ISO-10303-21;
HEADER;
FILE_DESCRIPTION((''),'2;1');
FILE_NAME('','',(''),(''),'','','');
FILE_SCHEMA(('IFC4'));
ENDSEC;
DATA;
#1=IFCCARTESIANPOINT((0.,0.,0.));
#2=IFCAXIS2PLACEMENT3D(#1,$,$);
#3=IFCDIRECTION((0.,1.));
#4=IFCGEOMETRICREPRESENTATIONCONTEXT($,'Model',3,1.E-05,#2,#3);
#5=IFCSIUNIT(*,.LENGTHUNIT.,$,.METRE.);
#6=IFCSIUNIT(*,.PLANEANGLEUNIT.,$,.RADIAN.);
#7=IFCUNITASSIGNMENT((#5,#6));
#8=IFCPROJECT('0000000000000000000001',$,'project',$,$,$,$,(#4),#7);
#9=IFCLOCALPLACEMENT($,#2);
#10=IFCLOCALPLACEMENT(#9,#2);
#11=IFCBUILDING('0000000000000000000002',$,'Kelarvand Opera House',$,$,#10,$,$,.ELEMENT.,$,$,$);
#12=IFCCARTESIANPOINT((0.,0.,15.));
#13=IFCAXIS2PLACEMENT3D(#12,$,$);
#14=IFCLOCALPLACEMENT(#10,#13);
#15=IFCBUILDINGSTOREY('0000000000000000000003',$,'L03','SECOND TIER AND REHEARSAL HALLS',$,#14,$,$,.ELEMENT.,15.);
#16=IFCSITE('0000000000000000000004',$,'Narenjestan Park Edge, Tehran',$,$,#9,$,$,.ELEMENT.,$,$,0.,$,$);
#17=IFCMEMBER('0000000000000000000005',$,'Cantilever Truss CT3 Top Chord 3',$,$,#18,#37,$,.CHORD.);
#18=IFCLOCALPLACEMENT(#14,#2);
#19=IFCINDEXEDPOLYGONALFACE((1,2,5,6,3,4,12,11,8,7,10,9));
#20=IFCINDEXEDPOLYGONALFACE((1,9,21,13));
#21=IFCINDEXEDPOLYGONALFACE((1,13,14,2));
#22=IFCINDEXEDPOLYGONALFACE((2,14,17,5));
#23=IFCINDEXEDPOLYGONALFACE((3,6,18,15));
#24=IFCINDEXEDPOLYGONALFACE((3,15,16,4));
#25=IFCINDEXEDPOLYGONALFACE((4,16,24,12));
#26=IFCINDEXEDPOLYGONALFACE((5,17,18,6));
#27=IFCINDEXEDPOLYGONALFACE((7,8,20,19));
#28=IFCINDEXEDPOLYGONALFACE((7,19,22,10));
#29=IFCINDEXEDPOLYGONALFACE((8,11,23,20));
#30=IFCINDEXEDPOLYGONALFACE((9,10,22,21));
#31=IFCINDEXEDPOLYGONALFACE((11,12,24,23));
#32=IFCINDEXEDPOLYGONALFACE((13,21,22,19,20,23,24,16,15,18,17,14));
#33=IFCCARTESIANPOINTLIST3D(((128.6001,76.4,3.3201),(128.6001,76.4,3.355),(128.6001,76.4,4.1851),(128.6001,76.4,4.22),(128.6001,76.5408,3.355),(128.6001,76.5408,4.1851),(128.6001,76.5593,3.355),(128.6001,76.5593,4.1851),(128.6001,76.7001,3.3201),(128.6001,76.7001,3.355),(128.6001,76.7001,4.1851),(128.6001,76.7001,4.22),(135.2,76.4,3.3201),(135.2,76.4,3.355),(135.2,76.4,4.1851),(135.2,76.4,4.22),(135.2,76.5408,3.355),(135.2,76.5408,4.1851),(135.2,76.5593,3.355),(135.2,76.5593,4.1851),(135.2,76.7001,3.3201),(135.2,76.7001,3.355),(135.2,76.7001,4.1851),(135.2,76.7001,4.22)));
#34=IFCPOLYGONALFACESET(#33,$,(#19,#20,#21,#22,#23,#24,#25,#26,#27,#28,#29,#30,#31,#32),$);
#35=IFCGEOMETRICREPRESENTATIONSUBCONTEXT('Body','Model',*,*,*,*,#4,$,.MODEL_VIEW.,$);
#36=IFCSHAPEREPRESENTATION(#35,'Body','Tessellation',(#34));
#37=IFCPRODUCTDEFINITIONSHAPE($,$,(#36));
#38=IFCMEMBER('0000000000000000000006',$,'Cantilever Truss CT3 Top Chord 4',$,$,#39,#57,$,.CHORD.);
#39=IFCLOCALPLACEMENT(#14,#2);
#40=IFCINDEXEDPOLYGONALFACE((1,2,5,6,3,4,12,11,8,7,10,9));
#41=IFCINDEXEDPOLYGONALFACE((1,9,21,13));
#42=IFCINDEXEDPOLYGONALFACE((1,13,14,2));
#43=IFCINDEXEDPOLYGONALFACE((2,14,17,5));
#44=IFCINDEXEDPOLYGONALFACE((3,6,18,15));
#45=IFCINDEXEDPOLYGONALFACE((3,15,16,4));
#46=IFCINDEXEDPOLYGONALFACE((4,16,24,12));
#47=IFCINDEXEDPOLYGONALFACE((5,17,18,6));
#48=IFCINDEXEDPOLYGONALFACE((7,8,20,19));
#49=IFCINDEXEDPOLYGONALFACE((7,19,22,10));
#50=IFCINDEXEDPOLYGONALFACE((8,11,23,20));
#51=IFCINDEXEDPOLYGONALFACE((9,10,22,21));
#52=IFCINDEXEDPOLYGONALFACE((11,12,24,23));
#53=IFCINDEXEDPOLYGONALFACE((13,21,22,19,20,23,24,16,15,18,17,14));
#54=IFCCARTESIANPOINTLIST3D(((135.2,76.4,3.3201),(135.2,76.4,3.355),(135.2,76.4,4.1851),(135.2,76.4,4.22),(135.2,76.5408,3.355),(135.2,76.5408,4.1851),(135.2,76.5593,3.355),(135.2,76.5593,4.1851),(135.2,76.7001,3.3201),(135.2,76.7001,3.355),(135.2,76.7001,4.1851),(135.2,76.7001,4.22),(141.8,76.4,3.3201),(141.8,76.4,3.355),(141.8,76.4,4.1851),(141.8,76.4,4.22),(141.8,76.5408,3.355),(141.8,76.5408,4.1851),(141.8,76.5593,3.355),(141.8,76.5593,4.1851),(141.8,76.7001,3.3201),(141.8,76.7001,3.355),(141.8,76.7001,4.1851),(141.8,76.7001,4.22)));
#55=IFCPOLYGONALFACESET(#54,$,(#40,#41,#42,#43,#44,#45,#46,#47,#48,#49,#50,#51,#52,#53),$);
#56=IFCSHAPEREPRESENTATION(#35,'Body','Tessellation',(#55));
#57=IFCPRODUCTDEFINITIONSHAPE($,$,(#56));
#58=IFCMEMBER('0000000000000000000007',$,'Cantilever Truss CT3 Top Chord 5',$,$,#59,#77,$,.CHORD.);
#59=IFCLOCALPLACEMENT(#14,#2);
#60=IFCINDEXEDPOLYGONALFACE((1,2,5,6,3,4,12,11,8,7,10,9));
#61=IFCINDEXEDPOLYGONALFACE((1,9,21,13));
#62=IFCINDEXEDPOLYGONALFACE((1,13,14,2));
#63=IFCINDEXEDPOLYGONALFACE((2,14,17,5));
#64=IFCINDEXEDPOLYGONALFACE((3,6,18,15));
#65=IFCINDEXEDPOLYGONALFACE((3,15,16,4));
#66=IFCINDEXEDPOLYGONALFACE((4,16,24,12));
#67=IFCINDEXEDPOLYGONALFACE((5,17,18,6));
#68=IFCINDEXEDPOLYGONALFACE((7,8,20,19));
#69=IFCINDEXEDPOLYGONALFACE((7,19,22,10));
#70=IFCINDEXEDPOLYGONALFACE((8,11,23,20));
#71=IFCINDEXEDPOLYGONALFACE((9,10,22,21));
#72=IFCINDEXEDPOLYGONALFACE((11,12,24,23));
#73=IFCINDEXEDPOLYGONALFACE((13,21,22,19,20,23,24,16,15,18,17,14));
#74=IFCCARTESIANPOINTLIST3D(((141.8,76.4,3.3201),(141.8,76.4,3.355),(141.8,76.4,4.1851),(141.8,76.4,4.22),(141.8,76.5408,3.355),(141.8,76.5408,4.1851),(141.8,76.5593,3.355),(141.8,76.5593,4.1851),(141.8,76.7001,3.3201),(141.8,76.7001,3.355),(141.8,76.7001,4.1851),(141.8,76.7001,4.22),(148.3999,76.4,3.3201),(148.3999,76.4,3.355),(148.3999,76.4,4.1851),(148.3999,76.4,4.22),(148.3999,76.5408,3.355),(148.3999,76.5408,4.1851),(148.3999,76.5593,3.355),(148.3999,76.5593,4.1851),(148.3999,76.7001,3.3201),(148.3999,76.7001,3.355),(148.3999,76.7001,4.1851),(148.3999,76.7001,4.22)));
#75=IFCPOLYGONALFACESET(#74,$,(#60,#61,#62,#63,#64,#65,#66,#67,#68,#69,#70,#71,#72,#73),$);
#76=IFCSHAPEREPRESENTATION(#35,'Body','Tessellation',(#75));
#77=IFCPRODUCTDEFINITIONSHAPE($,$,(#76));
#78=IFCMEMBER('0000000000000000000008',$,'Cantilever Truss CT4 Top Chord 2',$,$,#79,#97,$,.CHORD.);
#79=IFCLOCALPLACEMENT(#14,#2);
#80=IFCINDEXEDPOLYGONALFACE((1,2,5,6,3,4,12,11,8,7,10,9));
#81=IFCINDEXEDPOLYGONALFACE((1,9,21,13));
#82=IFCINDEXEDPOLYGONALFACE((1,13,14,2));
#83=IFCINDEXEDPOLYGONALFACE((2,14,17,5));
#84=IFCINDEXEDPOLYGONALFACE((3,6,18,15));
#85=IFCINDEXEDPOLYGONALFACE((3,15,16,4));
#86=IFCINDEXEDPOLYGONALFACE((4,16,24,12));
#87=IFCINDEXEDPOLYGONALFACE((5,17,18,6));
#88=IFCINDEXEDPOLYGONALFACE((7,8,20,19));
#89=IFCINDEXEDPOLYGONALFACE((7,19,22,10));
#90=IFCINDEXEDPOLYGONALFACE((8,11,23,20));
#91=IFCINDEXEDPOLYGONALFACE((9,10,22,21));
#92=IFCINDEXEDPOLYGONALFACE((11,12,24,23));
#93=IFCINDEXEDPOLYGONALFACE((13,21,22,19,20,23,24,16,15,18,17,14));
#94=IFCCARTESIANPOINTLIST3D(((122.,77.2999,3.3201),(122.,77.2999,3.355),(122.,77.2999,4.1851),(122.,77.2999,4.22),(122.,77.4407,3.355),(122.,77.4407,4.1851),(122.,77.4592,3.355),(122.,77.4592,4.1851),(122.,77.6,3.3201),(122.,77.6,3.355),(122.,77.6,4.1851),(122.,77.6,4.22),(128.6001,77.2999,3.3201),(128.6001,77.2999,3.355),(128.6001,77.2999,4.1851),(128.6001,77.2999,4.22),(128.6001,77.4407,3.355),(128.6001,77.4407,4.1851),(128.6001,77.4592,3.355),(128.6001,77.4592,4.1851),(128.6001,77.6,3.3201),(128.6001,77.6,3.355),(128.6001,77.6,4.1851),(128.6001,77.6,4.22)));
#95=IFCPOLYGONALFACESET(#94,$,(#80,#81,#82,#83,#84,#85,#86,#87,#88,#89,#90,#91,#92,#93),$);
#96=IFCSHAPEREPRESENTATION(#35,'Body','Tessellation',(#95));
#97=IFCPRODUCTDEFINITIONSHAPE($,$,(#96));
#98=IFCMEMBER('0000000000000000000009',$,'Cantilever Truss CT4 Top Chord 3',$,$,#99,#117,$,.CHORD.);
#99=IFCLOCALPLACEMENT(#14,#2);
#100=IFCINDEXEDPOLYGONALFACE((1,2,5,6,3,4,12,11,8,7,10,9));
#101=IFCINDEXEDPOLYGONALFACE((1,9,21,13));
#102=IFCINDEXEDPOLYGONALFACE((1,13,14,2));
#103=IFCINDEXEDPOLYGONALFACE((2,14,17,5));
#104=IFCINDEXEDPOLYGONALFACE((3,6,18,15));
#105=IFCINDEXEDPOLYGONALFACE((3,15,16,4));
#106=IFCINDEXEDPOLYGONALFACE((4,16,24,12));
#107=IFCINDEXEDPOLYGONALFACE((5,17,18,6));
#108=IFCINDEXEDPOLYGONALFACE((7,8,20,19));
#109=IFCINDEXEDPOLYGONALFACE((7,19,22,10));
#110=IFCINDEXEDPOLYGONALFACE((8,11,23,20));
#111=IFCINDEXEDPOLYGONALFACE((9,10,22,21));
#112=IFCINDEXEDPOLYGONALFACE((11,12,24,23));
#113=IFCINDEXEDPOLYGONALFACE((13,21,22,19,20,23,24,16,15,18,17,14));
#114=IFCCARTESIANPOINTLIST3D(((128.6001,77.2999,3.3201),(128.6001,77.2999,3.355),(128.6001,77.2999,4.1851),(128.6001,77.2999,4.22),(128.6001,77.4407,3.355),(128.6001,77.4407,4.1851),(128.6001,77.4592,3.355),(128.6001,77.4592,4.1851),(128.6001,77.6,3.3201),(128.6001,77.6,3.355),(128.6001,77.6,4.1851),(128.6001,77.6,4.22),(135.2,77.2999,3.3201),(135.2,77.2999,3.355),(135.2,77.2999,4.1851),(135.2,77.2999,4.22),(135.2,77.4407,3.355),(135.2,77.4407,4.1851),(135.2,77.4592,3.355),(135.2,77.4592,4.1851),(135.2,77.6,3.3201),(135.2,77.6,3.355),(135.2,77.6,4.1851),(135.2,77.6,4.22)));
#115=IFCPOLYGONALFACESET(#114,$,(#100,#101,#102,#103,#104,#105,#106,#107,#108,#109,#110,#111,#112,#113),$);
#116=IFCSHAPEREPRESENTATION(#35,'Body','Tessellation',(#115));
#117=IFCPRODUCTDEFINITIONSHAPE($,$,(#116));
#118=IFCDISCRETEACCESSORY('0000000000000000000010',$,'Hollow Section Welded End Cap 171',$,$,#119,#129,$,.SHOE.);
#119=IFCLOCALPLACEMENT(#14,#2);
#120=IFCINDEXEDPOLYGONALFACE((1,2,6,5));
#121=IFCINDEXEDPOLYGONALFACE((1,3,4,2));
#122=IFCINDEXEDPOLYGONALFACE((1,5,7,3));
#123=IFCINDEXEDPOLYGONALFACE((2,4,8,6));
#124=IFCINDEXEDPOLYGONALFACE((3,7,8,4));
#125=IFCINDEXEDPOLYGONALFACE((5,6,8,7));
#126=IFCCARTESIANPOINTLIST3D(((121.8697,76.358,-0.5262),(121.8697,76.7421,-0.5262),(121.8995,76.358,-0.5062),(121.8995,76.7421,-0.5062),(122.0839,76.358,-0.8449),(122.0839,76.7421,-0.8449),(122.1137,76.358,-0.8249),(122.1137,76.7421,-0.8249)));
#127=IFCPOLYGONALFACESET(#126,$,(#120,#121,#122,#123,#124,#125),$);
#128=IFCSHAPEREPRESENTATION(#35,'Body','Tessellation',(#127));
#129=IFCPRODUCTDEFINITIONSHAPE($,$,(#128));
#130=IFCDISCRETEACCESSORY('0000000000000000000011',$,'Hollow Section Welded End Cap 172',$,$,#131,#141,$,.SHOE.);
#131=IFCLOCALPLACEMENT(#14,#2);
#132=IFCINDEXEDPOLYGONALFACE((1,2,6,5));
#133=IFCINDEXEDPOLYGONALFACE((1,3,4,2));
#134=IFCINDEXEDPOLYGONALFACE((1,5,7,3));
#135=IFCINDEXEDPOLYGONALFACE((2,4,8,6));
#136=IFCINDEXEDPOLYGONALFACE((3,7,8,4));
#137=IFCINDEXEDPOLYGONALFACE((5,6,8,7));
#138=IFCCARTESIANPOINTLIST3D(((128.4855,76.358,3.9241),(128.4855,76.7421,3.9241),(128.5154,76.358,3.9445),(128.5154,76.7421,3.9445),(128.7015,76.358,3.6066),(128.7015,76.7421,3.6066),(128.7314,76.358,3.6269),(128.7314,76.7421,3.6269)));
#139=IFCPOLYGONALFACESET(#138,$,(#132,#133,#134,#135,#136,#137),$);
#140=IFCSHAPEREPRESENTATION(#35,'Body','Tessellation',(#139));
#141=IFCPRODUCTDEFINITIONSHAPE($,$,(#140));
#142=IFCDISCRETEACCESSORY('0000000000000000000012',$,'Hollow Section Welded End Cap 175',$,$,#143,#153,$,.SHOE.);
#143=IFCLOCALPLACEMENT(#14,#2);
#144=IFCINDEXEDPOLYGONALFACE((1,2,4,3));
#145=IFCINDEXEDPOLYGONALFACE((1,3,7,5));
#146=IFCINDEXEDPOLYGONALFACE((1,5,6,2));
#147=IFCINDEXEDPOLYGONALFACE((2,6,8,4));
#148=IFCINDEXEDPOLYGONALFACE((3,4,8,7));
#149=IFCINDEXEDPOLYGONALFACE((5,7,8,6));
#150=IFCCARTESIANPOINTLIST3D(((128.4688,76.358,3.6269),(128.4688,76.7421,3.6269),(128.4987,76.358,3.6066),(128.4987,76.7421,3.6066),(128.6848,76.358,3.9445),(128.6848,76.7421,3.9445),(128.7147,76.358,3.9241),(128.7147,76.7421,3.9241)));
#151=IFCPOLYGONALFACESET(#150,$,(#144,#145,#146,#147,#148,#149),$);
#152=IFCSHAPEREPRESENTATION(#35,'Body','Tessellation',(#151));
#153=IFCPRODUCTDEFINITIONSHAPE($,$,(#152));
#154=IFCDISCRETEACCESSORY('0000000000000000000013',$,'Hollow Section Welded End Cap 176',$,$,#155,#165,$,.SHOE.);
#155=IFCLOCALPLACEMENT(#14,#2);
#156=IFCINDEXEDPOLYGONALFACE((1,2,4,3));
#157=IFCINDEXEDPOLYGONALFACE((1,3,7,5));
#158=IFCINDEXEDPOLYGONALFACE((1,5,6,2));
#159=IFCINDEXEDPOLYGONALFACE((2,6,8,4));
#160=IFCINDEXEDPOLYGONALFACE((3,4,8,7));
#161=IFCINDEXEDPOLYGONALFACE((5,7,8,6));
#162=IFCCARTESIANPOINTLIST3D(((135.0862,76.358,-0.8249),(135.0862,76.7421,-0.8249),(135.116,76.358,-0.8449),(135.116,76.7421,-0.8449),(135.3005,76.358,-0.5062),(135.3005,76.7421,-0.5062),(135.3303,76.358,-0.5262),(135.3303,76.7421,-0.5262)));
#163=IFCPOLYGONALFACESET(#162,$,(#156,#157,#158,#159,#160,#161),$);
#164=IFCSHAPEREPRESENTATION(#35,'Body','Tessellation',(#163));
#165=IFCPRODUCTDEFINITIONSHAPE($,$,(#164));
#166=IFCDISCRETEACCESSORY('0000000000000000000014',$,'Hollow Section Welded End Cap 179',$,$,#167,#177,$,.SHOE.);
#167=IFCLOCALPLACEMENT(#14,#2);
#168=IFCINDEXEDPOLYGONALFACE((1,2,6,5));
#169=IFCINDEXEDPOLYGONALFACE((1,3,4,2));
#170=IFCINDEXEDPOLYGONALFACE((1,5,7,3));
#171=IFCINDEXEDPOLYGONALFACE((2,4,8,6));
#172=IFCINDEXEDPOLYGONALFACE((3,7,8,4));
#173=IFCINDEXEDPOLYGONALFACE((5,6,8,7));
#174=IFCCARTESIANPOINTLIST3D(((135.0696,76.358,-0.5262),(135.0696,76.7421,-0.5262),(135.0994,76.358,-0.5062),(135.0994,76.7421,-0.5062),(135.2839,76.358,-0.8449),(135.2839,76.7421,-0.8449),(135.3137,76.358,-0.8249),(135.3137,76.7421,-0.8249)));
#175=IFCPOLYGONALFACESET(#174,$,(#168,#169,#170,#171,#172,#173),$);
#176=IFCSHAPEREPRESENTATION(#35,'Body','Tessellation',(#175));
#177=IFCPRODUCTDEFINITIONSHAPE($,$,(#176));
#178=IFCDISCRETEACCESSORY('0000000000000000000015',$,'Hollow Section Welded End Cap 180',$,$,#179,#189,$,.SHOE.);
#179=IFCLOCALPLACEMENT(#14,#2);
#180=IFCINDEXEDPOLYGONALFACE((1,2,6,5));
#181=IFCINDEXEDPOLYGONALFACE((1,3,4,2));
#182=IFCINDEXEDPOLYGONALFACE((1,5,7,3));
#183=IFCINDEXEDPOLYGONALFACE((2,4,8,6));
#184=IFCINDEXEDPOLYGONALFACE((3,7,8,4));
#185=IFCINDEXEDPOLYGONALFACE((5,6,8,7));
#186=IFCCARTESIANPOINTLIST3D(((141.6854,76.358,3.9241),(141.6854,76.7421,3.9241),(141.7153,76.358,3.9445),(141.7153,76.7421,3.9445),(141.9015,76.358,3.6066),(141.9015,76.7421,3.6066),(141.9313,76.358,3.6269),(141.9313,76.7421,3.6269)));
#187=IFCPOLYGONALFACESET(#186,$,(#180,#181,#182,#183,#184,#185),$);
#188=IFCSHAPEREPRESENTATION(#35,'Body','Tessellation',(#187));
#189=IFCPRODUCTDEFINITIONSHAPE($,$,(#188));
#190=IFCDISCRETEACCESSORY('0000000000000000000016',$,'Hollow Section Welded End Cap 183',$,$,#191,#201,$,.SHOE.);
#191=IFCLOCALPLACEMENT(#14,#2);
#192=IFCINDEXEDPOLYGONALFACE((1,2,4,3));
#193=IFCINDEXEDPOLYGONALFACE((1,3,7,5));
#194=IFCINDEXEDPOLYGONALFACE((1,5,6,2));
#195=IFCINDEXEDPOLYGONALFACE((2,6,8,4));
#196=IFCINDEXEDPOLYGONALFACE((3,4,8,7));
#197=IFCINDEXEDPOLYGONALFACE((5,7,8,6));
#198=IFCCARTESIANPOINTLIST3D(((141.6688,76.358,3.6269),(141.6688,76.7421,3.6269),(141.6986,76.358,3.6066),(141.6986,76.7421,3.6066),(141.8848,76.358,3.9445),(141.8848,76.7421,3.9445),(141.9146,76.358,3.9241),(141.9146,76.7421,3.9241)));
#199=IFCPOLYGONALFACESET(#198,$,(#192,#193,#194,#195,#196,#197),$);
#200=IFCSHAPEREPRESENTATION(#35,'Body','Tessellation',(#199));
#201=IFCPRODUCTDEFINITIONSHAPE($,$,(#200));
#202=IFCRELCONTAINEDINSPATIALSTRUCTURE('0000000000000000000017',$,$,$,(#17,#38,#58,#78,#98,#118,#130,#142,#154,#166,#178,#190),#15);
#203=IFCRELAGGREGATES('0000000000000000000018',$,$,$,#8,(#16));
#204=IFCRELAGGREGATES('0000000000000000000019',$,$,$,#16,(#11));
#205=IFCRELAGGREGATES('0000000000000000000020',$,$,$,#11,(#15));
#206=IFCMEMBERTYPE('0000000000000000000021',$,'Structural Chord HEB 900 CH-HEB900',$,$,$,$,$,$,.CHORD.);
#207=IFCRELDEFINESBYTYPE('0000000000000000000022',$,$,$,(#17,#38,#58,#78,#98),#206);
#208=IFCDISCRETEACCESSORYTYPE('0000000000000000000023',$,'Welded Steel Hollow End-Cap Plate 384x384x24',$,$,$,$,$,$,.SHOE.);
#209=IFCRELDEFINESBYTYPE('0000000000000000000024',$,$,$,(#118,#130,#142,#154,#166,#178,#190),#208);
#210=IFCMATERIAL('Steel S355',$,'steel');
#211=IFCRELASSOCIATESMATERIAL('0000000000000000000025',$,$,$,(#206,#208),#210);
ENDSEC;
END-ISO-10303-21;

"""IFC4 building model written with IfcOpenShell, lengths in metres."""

from ifc_helpers import new_model, si_unit, direction, frame, origin, origin_2d, place, context, subcontext, project, spatial, rectangle, i_section, extrude, material, material_profile, profile_set, type_object, element, save


model = new_model("IFC4")

# Units and contexts
model_context = context("Model", 3, precision=1e-05, world=origin(), true_north=direction((0.0, 1.0)))
body_context = subcontext(model_context, "Body", "Model", "MODEL_VIEW")
ifc_project = project(units=[si_unit("LENGTHUNIT", "METRE"), si_unit("PLANEANGLEUNIT", "RADIAN")], contexts=[model_context])

# Site, building, storey
site_placement = place(None, origin())
site = spatial("IfcSite", under=ifc_project, at=site_placement, Name="Narenjestan Park Edge, Tehran", CompositionType="ELEMENT", RefElevation=0.0)
building_placement = place(site_placement, origin())
building = spatial("IfcBuilding", under=site, at=building_placement, Name="Kelarvand Opera House", CompositionType="ELEMENT")
storey_placement = place(building_placement, frame((0.0, 0.0, 15.0)))
storey = spatial("IfcBuildingStorey", under=building, at=storey_placement, Name="L03", Description="SECOND TIER AND REHEARSAL HALLS", CompositionType="ELEMENT", Elevation=15.0)

# Members
ifc_material = material(Name="Steel S355", Category="steel")
ifc_material_profile_1 = material_profile(ifc_material, i_section(OverallWidth=0.3, OverallDepth=0.8999, WebThickness=0.0186, FlangeThickness=0.0349, at=origin_2d()), Name="HEB 900", Category="steel")
ifc_profile_set_1 = profile_set([ifc_material_profile_1], Name="Steel S355")
member_type_1 = type_object("IfcMemberType", Name="Structural Chord HEB 900 CH-HEB900", PredefinedType="CHORD", material=ifc_profile_set_1)
member_1_placement = place(storey_placement, frame((128.6001, 76.55, 3.77), z_axis=(1.0, 0.0, 0.0), x_axis=(0.0, 1.0, 0.0)))
element("IfcMember", 1, at=member_1_placement, inside=storey, type_object=member_type_1, Name="Cantilever Truss CT3 Top Chord 3", PredefinedType="CHORD", context=body_context, shape_type="SweptSolid", body=[
    extrude(i_section(OverallWidth=0.3, OverallDepth=0.8999, WebThickness=0.0186, FlangeThickness=0.0349, at=origin_2d()), origin(), (0.0, 0.0, 1.0), 6.5999),
])
member_2_placement = place(storey_placement, frame((135.2, 76.55, 3.77), z_axis=(1.0, 0.0, 0.0), x_axis=(0.0, 1.0, 0.0)))
element("IfcMember", 2, at=member_2_placement, inside=storey, type_object=member_type_1, Name="Cantilever Truss CT3 Top Chord 4", PredefinedType="CHORD", context=body_context, shape_type="SweptSolid", body=[
    extrude(i_section(OverallWidth=0.3, OverallDepth=0.8999, WebThickness=0.0186, FlangeThickness=0.0349, at=origin_2d()), origin(), (0.0, 0.0, 1.0), 6.6001),
])
member_3_placement = place(storey_placement, frame((141.8, 76.55, 3.77), z_axis=(1.0, 0.0, 0.0), x_axis=(0.0, 1.0, 0.0)))
element("IfcMember", 3, at=member_3_placement, inside=storey, type_object=member_type_1, Name="Cantilever Truss CT3 Top Chord 5", PredefinedType="CHORD", context=body_context, shape_type="SweptSolid", body=[
    extrude(i_section(OverallWidth=0.3, OverallDepth=0.8999, WebThickness=0.0186, FlangeThickness=0.0349, at=origin_2d()), origin(), (0.0, 0.0, 1.0), 6.5999),
])
member_4_placement = place(storey_placement, frame((122.0, 77.45, 3.77), z_axis=(1.0, 0.0, 0.0), x_axis=(0.0, 1.0, 0.0)))
element("IfcMember", 4, at=member_4_placement, inside=storey, type_object=member_type_1, Name="Cantilever Truss CT4 Top Chord 2", PredefinedType="CHORD", context=body_context, shape_type="SweptSolid", body=[
    extrude(i_section(OverallWidth=0.3, OverallDepth=0.8999, WebThickness=0.0186, FlangeThickness=0.0349, at=origin_2d()), origin(), (0.0, 0.0, 1.0), 6.6001),
])
member_5_placement = place(storey_placement, frame((128.6001, 77.45, 3.77), z_axis=(1.0, 0.0, 0.0), x_axis=(0.0, 1.0, 0.0)))
element("IfcMember", 5, at=member_5_placement, inside=storey, type_object=member_type_1, Name="Cantilever Truss CT4 Top Chord 3", PredefinedType="CHORD", context=body_context, shape_type="SweptSolid", body=[
    extrude(i_section(OverallWidth=0.3, OverallDepth=0.8999, WebThickness=0.0186, FlangeThickness=0.0349, at=origin_2d()), origin(), (0.0, 0.0, 1.0), 6.5999),
])

# Discrete accessories
ifc_material_profile_2 = material_profile(ifc_material, rectangle(XDim=0.384, YDim=0.384, at=origin_2d()), Name="Welded Steel Hollow End-Cap Plate 384x384x24", Category="steel")
ifc_profile_set_2 = profile_set([ifc_material_profile_2], Name="Steel S355")
discrete_accessory_type = type_object("IfcDiscreteAccessoryType", Name="Welded Steel Hollow End-Cap Plate 384x384x24", PredefinedType="SHOE", material=ifc_profile_set_2)
discrete_accessory_1_placement = place(storey_placement, frame((122.0066, 76.55, -0.6655), z_axis=(-0.829951, 0.0, -0.557836), x_axis=(0.0, -1.0, 0.0)))
element("IfcDiscreteAccessory", 6, at=discrete_accessory_1_placement, inside=storey, type_object=discrete_accessory_type, Name="Hollow Section Welded End Cap 171", PredefinedType="SHOE", context=body_context, shape_type="SweptSolid", body=[
    extrude(rectangle(XDim=0.384, YDim=0.384, at=origin_2d()), origin(), (0.0, 0.0, 1.0), 0.0359),
])
for number, where, z_axis, x_axis, name in (
    (7, (128.5935, 76.55, 3.7654), (0.8268, 0.0, 0.562495), (0.0, 1.0, 0.0), "Hollow Section Welded End Cap 172"),
    (8, (128.6067, 76.55, 3.7654), (-0.8268, 0.0, 0.562495), (0.0, -1.0, 0.0), "Hollow Section Welded End Cap 175"),
):
    element("IfcDiscreteAccessory", number, at=place(storey_placement, frame(where, z_axis=z_axis, x_axis=x_axis)), inside=storey, type_object=discrete_accessory_type, Name=name, PredefinedType="SHOE", context=body_context, shape_type="SweptSolid", body=[
        extrude(rectangle(XDim=0.384, YDim=0.384, at=origin_2d()), origin(), (0.0, 0.0, 1.0), 0.0361),
    ])
for number, where, z_axis, x_axis, name in (
    (9, (135.1934, 76.55, -0.6655), (0.829951, 0.0, -0.557836), (0.0, 1.0, 0.0), "Hollow Section Welded End Cap 176"),
    (10, (135.2065, 76.55, -0.6655), (-0.829951, 0.0, -0.557836), (0.0, -1.0, 0.0), "Hollow Section Welded End Cap 179"),
):
    element("IfcDiscreteAccessory", number, at=place(storey_placement, frame(where, z_axis=z_axis, x_axis=x_axis)), inside=storey, type_object=discrete_accessory_type, Name=name, PredefinedType="SHOE", context=body_context, shape_type="SweptSolid", body=[
        extrude(rectangle(XDim=0.384, YDim=0.384, at=origin_2d()), origin(), (0.0, 0.0, 1.0), 0.0359),
    ])
for number, where, z_axis, x_axis, name in (
    (11, (141.7935, 76.55, 3.7654), (0.8268, 0.0, 0.562495), (0.0, 1.0, 0.0), "Hollow Section Welded End Cap 180"),
    (12, (141.8066, 76.55, 3.7654), (-0.8268, 0.0, 0.562495), (0.0, -1.0, 0.0), "Hollow Section Welded End Cap 183"),
):
    element("IfcDiscreteAccessory", number, at=place(storey_placement, frame(where, z_axis=z_axis, x_axis=x_axis)), inside=storey, type_object=discrete_accessory_type, Name=name, PredefinedType="SHOE", context=body_context, shape_type="SweptSolid", body=[
        extrude(rectangle(XDim=0.384, YDim=0.384, at=origin_2d()), origin(), (0.0, 0.0, 1.0), 0.0361),
    ])

save(model, "model.ifc")
